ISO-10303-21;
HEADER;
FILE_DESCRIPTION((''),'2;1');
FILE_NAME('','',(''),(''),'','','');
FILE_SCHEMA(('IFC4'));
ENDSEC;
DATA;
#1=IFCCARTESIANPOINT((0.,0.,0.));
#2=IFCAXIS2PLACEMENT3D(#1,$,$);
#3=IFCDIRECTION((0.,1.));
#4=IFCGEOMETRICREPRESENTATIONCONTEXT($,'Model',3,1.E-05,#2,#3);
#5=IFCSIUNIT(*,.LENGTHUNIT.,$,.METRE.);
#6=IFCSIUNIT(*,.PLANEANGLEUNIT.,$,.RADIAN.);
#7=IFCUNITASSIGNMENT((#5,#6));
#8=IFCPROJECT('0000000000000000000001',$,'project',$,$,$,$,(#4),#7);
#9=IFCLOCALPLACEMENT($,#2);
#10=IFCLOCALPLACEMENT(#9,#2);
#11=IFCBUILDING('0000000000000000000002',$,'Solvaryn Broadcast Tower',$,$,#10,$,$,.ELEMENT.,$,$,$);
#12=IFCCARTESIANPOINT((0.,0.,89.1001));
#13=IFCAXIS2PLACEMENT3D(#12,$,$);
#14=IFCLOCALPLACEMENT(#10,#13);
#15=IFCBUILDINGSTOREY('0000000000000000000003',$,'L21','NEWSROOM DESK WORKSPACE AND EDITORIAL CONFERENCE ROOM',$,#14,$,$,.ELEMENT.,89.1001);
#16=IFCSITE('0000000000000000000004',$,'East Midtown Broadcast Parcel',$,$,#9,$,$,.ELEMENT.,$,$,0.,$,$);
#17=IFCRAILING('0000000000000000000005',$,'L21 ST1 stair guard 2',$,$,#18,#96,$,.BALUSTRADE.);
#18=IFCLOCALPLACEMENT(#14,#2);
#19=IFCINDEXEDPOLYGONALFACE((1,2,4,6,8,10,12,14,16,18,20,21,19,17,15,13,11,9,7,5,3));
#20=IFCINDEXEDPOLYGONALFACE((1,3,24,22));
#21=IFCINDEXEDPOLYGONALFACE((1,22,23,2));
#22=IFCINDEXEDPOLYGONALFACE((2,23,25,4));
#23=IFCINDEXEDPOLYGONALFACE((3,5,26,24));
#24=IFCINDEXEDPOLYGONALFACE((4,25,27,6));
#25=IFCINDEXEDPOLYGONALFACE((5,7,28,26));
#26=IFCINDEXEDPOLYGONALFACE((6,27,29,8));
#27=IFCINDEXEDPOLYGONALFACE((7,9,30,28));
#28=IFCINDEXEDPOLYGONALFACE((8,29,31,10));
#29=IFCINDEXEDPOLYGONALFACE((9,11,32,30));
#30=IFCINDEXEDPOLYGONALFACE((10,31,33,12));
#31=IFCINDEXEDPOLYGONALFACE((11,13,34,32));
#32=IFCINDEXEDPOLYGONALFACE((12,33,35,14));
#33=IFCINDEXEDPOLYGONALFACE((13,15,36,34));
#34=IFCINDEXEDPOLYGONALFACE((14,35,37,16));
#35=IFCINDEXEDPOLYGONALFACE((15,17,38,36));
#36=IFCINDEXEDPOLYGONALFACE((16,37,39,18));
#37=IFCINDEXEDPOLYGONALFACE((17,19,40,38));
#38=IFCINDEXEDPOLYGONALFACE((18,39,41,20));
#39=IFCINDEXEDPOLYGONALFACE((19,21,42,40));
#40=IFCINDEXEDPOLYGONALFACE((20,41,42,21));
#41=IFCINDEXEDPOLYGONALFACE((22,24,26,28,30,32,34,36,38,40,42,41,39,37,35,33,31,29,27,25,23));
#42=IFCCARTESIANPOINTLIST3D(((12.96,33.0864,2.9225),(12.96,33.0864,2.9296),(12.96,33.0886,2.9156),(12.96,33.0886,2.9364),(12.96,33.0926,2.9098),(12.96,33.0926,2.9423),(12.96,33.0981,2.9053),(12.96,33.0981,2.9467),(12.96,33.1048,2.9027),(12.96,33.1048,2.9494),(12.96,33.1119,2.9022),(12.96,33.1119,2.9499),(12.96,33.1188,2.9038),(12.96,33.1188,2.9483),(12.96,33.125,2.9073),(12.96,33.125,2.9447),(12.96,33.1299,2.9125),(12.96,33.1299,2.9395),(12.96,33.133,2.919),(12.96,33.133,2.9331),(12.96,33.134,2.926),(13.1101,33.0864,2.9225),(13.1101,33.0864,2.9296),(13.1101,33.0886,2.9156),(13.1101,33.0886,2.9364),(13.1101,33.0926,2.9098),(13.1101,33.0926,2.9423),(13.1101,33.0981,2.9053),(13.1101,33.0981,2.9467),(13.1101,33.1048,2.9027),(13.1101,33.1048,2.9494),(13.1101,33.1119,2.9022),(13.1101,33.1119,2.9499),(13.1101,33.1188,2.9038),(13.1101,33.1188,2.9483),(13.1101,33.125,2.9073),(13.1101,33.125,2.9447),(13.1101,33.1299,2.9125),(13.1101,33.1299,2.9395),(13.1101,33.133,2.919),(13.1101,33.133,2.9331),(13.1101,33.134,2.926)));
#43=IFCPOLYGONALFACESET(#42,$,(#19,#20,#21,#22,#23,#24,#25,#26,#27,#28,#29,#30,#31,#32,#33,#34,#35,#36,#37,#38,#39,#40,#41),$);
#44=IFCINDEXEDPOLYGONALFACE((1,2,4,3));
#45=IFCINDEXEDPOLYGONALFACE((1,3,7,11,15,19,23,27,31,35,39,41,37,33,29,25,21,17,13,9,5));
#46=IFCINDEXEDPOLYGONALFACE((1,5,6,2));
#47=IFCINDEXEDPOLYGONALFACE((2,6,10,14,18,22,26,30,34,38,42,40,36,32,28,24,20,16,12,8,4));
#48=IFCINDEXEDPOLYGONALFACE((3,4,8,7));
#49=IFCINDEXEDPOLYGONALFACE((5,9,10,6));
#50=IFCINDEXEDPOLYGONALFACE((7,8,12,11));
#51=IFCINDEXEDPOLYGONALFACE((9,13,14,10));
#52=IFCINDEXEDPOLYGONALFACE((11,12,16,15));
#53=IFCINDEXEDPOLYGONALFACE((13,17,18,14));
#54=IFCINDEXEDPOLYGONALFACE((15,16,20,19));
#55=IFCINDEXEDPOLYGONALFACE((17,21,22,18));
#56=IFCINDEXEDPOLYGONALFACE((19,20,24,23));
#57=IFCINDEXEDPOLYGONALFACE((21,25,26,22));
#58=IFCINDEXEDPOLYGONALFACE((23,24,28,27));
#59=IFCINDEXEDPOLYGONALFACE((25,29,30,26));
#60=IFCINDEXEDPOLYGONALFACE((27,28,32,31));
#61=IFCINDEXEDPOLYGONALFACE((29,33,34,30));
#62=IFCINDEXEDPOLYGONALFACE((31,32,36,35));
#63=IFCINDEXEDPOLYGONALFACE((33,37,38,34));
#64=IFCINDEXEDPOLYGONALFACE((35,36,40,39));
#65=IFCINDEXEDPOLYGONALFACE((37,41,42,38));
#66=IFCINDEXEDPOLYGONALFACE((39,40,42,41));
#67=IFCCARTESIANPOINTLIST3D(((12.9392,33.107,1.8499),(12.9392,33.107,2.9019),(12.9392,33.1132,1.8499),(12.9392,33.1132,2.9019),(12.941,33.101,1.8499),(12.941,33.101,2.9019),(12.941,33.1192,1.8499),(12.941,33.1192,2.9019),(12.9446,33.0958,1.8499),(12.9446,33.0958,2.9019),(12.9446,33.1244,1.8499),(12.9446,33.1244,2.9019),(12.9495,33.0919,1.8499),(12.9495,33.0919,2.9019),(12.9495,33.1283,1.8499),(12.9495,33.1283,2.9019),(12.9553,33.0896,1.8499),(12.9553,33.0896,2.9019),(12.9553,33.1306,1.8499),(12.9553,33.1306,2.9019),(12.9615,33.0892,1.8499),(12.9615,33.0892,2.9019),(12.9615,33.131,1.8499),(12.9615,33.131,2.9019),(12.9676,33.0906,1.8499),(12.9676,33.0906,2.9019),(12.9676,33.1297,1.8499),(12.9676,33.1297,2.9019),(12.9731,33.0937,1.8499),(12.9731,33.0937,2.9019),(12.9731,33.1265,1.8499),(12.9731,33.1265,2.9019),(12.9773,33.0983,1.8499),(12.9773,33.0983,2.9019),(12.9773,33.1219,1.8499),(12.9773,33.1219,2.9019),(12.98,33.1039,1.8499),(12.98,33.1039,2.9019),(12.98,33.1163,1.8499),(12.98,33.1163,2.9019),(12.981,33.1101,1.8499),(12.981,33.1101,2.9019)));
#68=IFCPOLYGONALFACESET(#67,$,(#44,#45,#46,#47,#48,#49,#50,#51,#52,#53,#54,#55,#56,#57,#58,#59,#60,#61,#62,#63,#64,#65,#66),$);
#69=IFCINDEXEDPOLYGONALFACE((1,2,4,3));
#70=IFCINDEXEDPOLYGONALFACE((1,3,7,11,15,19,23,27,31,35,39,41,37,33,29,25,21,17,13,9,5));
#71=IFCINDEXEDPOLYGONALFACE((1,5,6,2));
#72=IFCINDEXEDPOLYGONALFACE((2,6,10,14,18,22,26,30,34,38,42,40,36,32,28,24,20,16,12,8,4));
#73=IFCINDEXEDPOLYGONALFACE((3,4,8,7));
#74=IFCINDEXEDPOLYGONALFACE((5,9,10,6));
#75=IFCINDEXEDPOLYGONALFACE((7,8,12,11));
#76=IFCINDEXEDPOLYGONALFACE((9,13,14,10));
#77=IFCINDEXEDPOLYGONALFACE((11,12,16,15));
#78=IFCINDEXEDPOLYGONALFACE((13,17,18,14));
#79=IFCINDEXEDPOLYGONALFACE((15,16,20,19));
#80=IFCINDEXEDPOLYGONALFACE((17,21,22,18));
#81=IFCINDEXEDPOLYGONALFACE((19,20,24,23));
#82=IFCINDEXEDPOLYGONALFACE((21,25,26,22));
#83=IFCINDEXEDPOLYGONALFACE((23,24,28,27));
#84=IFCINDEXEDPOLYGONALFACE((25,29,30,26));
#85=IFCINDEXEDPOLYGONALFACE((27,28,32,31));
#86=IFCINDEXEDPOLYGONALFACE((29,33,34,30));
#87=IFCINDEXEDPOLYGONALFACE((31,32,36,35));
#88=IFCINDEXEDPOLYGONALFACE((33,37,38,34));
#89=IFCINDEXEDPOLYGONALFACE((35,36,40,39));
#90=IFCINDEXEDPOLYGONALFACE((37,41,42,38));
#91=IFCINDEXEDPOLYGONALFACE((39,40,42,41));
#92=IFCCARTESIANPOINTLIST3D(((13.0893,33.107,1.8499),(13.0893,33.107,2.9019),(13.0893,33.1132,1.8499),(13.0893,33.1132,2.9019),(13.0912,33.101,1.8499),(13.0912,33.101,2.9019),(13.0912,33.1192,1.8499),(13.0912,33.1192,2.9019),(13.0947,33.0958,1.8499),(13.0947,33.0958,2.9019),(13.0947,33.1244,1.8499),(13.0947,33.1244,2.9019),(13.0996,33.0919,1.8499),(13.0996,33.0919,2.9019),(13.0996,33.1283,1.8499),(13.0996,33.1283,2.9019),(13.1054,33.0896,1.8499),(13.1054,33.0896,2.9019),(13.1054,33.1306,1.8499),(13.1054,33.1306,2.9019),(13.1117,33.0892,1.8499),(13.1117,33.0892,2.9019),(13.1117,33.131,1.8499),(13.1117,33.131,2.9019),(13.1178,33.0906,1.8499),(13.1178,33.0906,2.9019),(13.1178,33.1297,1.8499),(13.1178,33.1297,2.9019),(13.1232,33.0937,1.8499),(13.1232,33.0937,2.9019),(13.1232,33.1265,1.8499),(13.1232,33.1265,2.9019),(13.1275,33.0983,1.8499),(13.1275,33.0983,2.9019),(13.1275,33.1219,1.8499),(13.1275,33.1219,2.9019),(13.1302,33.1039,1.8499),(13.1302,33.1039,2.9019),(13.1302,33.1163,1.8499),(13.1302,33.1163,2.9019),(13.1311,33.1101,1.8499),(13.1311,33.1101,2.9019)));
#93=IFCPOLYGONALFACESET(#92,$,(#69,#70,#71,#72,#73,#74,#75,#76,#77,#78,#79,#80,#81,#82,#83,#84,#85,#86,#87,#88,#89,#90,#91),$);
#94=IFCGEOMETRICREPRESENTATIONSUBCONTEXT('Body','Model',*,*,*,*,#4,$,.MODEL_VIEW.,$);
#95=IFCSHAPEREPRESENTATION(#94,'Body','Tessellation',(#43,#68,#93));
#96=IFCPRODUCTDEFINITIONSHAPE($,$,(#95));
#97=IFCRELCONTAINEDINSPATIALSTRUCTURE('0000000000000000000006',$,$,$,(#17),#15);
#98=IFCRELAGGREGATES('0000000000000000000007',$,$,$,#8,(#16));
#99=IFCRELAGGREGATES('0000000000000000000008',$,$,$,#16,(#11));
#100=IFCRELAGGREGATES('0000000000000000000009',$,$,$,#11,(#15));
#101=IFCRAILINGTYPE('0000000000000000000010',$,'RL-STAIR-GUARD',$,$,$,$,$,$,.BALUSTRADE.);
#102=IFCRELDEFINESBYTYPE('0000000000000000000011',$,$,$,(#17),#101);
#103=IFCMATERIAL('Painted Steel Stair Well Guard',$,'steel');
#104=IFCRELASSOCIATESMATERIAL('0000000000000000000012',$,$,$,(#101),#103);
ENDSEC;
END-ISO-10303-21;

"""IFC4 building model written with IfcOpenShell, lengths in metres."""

from ifc_helpers import new_model, si_unit, direction, frame, origin, origin_2d, place, context, subcontext, project, spatial, circle, extrude, material, type_object, element, save


model = new_model("IFC4")

# Units and contexts
model_context = context("Model", 3, precision=1e-05, world=origin(), true_north=direction((0.0, 1.0)))
body_context = subcontext(model_context, "Body", "Model", "MODEL_VIEW")
ifc_project = project(units=[si_unit("LENGTHUNIT", "METRE"), si_unit("PLANEANGLEUNIT", "RADIAN")], contexts=[model_context])

# Site, building, storey
site_placement = place(None, origin())
site = spatial("IfcSite", under=ifc_project, at=site_placement, Name="East Midtown Broadcast Parcel", CompositionType="ELEMENT", RefElevation=0.0)
building_placement = place(site_placement, origin())
building = spatial("IfcBuilding", under=site, at=building_placement, Name="Solvaryn Broadcast Tower", CompositionType="ELEMENT")
storey_placement = place(building_placement, frame((0.0, 0.0, 89.1001)))
storey = spatial("IfcBuildingStorey", under=building, at=storey_placement, Name="L21", Description="NEWSROOM DESK WORKSPACE AND EDITORIAL CONFERENCE ROOM", CompositionType="ELEMENT", Elevation=89.1001)

# Railing
ifc_material_1 = material(Name="Painted Steel Stair Well Guard", Category="steel")
railing_type_1 = type_object("IfcRailingType", Name="RL-STAIR-GUARD", PredefinedType="BALUSTRADE", material=ifc_material_1)
railing_1_placement = place(storey_placement, frame((12.96, 33.1101, 1.8499)))
element("IfcRailing", 1, at=railing_1_placement, inside=storey, type_object=railing_type_1, Name="L21 ST1 stair guard 2", PredefinedType="BALUSTRADE", context=body_context, shape_type="SweptSolid", body=[
    extrude(circle(Radius=0.0239, at=origin_2d()), frame((0.0, 0.0, 1.0762), z_axis=(1.0, 0.0, 0.0), x_axis=(0.0, 1.0, 0.0)), (0.0, 0.0, 1.0), 0.1501),
    extrude(circle(Radius=0.021, at=origin_2d()), origin(), (0.0, 0.0, 1.0), 1.052),
    extrude(circle(Radius=0.021, at=origin_2d()), frame((0.1501, 0.0, 0.0)), (0.0, 0.0, 1.0), 1.052),
])

save(model, "model.ifc")
